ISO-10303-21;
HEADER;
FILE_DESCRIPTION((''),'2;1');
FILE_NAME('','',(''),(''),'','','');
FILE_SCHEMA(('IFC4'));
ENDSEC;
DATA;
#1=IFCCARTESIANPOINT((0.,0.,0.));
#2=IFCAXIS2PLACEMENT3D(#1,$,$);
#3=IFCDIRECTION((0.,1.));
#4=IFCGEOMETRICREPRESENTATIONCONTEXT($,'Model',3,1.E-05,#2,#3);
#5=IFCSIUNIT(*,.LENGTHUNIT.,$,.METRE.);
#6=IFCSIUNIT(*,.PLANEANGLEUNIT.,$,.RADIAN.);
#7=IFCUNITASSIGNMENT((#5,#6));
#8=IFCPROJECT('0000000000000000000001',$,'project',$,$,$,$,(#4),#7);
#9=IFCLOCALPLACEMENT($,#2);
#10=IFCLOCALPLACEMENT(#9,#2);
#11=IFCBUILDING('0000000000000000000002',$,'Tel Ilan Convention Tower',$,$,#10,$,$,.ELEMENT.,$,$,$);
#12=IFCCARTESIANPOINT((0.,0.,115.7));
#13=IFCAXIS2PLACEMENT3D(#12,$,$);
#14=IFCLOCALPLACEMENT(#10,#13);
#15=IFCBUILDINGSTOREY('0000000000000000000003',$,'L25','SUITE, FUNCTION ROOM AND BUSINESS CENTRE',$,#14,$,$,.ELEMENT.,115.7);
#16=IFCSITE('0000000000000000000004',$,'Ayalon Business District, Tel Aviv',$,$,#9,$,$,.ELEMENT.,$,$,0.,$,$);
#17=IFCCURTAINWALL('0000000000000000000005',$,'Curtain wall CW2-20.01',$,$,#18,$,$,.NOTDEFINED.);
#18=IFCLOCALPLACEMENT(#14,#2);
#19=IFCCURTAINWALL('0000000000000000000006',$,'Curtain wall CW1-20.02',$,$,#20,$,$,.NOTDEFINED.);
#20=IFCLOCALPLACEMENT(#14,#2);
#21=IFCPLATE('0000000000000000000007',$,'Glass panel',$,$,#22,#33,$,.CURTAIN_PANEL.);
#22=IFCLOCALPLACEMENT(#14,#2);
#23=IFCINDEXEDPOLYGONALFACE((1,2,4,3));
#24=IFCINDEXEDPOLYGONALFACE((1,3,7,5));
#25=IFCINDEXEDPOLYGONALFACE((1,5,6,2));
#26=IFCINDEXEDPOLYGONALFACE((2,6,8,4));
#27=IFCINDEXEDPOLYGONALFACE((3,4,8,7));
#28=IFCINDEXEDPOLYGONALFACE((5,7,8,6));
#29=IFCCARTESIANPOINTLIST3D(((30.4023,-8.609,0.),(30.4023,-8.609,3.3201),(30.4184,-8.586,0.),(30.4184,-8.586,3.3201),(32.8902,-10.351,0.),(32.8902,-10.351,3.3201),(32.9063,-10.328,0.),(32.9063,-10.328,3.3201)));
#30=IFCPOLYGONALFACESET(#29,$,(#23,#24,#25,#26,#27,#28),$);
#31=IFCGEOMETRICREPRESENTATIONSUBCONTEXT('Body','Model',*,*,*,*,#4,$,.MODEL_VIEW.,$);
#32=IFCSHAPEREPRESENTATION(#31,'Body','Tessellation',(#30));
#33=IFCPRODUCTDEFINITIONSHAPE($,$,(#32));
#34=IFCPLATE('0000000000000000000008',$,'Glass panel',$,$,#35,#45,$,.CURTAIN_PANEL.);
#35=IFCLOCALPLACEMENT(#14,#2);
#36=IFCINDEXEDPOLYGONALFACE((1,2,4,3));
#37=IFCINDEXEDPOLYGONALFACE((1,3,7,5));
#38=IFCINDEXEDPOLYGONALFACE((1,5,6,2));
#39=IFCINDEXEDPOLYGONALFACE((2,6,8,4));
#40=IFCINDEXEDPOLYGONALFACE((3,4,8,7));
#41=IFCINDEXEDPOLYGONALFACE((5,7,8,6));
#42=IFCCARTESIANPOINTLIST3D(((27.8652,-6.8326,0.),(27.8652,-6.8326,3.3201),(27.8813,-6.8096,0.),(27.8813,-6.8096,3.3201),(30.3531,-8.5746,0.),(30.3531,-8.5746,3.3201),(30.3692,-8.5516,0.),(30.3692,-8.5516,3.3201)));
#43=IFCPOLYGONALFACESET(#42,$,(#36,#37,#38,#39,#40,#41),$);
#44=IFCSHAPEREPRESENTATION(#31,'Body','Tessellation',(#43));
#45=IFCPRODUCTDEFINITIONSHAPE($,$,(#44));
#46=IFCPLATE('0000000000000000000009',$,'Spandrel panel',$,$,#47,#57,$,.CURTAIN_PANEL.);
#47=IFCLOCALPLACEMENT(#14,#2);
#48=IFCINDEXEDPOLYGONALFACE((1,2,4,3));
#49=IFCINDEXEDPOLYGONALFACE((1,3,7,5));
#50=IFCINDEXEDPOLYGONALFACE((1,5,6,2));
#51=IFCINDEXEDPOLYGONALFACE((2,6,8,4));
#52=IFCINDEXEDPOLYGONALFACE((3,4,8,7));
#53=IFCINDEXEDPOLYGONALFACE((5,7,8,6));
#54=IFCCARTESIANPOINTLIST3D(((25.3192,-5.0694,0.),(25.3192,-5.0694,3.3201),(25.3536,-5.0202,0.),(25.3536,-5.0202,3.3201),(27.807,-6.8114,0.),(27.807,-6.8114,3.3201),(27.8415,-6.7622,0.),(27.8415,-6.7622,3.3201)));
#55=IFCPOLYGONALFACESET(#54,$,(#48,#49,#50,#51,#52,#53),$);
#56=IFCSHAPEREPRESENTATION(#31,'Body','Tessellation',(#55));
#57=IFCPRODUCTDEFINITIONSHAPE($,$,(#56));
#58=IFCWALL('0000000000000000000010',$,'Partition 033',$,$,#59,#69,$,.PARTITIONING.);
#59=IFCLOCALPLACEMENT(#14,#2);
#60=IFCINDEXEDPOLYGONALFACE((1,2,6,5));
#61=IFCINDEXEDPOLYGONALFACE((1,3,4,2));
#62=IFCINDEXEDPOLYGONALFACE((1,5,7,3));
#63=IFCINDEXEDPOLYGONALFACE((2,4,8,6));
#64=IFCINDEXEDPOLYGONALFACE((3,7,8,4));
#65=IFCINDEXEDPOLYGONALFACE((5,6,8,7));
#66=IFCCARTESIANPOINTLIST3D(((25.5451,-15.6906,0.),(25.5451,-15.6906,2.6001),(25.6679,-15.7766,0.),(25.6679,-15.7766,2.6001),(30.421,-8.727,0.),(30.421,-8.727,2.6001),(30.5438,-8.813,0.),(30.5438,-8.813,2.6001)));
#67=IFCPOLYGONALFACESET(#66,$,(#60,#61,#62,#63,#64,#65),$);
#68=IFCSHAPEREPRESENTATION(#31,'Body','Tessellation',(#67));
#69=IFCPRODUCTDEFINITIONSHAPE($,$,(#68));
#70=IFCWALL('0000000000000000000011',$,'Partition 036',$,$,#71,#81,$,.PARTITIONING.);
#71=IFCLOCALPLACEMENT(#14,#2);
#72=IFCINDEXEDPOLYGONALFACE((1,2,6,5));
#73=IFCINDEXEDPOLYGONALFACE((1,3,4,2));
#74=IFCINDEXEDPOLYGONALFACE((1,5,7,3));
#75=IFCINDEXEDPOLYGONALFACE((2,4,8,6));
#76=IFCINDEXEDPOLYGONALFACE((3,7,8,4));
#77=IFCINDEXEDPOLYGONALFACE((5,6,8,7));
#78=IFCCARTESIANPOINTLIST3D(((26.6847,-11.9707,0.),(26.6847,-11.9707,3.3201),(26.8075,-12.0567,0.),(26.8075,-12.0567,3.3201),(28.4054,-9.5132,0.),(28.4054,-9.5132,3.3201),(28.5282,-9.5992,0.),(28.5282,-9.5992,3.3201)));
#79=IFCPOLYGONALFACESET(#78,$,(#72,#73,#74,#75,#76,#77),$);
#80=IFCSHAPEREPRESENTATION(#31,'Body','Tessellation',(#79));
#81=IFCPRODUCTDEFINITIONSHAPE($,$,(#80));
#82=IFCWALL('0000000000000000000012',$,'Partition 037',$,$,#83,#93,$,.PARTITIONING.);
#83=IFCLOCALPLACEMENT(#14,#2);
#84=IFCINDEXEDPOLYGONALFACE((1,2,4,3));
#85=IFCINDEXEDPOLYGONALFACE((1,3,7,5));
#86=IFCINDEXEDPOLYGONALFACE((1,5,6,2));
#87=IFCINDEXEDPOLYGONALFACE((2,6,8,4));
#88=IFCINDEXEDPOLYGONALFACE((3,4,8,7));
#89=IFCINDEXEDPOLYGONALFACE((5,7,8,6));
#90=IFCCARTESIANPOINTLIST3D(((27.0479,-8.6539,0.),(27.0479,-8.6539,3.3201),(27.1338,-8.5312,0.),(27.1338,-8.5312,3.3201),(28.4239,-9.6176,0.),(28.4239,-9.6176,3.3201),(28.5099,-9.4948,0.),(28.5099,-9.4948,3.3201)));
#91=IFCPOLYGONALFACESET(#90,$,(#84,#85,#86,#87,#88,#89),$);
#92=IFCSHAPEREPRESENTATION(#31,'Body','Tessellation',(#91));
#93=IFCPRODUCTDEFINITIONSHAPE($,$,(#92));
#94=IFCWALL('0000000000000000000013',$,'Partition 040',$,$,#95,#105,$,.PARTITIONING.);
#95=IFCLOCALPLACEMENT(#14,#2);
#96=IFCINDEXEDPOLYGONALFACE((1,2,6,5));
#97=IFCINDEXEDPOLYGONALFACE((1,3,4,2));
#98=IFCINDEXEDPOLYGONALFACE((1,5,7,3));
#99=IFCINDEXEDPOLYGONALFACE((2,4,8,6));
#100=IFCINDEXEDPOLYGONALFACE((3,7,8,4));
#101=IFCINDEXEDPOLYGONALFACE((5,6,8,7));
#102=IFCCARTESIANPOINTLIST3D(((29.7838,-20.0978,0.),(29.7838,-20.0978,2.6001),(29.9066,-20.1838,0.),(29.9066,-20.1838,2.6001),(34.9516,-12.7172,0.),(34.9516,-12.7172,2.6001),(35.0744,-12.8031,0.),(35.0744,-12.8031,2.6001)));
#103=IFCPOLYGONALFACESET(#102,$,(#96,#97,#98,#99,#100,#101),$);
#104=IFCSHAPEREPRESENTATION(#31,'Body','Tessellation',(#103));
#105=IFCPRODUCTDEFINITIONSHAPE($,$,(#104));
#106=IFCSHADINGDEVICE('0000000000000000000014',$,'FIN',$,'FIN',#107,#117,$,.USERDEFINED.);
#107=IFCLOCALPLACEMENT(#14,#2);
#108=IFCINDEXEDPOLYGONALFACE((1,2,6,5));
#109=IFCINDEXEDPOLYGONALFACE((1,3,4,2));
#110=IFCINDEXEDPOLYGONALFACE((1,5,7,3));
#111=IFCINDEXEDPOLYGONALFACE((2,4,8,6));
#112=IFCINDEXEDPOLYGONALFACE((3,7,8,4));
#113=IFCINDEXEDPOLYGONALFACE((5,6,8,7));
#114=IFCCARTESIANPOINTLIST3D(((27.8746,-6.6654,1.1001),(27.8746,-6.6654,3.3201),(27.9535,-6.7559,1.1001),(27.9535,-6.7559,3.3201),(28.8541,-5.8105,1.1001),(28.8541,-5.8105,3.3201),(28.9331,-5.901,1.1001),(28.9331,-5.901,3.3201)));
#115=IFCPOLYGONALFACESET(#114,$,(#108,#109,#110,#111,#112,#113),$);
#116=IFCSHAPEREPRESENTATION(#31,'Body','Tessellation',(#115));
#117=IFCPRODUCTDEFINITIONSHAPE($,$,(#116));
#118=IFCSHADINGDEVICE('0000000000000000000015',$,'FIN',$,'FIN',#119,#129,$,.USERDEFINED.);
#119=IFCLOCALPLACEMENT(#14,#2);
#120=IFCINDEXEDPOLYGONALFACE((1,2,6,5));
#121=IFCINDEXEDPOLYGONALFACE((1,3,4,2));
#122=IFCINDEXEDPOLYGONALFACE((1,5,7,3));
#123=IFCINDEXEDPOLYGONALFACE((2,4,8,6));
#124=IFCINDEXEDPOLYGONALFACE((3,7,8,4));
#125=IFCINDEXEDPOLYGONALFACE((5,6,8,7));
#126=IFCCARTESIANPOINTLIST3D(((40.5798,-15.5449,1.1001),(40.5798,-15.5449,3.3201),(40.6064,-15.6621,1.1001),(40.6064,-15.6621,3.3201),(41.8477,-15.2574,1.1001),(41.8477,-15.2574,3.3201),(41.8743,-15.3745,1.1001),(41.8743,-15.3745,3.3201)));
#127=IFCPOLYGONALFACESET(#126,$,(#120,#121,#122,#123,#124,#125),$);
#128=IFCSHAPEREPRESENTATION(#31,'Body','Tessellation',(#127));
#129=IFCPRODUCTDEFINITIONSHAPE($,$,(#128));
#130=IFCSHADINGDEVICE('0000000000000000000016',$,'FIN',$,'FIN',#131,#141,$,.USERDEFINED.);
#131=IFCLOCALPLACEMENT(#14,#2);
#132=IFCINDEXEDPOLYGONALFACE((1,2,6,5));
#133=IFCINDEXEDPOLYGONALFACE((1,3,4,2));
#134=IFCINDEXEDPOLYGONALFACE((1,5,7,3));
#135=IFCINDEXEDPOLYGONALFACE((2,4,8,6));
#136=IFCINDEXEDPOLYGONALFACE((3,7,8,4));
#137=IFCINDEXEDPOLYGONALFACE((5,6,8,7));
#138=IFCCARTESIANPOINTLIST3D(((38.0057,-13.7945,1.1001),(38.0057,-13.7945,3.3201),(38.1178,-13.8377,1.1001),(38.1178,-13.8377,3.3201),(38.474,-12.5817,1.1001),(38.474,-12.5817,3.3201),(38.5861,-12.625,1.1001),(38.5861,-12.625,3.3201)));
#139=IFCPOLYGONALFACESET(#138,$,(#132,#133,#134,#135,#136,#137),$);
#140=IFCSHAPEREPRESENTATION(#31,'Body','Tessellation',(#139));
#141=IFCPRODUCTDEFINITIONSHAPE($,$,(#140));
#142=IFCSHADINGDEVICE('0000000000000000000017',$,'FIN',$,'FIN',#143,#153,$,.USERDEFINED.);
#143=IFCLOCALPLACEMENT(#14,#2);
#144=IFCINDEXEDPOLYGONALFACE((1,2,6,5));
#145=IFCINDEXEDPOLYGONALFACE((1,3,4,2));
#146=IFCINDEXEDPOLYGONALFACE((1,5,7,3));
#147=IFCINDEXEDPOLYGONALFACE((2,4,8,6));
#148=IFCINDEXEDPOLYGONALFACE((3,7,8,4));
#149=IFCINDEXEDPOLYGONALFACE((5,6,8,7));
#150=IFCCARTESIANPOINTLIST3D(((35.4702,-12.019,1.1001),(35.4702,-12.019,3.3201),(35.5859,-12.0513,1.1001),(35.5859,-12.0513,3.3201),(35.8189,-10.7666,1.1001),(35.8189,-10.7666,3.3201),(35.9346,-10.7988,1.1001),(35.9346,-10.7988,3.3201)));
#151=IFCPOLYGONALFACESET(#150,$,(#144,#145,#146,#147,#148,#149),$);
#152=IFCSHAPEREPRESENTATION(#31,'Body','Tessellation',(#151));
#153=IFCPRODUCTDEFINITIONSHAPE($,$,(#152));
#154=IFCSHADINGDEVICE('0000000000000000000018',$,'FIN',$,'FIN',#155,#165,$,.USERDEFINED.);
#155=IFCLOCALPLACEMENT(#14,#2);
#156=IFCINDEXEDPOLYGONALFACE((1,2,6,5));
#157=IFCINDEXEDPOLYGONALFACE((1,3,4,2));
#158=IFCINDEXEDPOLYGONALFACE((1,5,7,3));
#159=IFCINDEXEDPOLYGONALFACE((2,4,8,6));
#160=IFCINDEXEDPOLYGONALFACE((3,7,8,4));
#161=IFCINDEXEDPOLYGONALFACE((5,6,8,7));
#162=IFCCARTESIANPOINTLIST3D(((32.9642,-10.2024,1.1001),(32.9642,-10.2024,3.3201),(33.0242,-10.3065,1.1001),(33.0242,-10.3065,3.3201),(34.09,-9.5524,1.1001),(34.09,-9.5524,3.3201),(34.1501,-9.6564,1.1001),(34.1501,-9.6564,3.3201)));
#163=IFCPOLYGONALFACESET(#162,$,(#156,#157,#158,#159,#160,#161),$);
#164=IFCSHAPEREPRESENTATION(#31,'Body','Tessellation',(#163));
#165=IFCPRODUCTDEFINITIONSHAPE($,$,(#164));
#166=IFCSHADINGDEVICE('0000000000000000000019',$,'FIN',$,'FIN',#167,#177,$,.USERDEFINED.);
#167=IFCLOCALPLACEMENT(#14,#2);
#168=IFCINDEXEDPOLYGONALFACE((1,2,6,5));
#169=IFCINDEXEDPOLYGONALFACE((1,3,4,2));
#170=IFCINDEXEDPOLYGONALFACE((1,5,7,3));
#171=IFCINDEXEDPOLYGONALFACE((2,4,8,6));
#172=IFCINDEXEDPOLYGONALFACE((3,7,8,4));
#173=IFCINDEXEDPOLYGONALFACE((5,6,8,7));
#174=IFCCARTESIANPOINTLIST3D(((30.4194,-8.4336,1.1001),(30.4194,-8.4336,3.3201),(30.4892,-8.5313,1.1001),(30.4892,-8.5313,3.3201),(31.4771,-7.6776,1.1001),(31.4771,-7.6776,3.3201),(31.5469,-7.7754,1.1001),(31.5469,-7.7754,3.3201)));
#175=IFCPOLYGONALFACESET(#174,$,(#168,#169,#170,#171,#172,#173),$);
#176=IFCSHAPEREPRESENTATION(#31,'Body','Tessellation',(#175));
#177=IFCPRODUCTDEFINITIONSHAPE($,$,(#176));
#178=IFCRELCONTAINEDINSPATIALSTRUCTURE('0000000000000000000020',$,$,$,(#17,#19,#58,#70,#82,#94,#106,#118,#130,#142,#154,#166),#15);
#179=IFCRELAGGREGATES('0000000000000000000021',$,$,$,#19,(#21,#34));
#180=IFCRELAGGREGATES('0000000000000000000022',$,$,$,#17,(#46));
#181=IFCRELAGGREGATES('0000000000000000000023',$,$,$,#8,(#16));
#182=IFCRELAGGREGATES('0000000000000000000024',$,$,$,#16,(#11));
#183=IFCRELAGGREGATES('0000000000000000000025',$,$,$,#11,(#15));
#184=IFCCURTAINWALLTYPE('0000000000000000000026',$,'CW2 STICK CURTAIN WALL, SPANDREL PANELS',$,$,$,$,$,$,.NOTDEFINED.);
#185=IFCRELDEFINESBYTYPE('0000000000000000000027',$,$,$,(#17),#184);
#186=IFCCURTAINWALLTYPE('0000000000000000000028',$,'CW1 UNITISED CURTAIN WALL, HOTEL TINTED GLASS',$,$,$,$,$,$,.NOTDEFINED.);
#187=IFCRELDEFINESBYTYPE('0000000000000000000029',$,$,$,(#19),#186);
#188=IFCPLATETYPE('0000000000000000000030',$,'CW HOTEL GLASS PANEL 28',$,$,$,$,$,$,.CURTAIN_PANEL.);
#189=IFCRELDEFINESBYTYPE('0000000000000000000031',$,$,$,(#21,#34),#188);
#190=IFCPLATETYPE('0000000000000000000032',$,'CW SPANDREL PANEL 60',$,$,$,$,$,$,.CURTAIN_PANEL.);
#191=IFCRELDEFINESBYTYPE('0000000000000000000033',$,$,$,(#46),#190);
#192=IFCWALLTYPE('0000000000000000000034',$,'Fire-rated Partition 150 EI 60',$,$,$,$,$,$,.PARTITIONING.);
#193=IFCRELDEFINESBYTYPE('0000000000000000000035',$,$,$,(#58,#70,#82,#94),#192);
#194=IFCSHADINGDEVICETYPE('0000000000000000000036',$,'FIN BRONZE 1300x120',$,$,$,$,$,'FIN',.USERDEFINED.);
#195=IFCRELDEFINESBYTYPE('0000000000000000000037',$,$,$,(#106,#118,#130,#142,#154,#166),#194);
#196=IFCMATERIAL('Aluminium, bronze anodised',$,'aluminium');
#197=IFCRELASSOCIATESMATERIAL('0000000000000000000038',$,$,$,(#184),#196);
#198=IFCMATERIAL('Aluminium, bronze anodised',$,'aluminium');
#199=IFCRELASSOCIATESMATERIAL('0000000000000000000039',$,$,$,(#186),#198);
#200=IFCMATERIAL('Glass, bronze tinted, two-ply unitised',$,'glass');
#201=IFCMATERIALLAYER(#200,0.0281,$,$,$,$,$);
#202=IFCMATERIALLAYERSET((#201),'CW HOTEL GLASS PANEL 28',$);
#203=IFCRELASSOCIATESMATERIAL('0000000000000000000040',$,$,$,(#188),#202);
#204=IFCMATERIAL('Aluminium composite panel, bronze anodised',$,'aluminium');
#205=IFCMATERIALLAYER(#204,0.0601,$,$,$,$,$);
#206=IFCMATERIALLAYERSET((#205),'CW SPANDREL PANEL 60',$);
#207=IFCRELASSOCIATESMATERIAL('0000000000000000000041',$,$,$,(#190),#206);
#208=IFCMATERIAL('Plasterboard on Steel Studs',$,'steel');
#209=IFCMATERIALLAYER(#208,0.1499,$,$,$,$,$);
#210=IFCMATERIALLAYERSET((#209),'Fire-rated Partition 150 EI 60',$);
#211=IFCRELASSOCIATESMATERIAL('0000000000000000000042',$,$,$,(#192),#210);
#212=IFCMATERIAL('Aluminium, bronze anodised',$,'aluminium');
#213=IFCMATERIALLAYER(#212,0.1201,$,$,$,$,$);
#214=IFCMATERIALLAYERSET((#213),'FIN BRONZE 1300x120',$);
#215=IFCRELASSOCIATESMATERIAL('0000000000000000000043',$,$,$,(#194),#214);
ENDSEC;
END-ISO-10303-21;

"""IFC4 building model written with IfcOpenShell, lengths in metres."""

from ifc_helpers import new_model, si_unit, direction, frame, frame_2d, origin, origin_2d, place, context, subcontext, project, spatial, rectangle, extrude, material, layer, layer_set, type_object, element, aggregate, save


model = new_model("IFC4")

# Units and contexts
model_context = context("Model", 3, precision=1e-05, world=origin(), true_north=direction((0.0, 1.0)))
body_context = subcontext(model_context, "Body", "Model", "MODEL_VIEW")
ifc_project = project(units=[si_unit("LENGTHUNIT", "METRE"), si_unit("PLANEANGLEUNIT", "RADIAN")], contexts=[model_context])

# Site, building, storey
site_placement = place(None, origin())
site = spatial("IfcSite", under=ifc_project, at=site_placement, Name="Ayalon Business District, Tel Aviv", CompositionType="ELEMENT", RefElevation=0.0)
building_placement = place(site_placement, origin())
building = spatial("IfcBuilding", under=site, at=building_placement, Name="Tel Ilan Convention Tower", CompositionType="ELEMENT")
storey_placement = place(building_placement, frame((0.0, 0.0, 115.7)))
storey = spatial("IfcBuildingStorey", under=building, at=storey_placement, Name="L25", Description="SUITE, FUNCTION ROOM AND BUSINESS CENTRE", CompositionType="ELEMENT", Elevation=115.7)

# Curtain walls
ifc_material_1 = material(Name="Aluminium, bronze anodised", Category="aluminium")
curtain_wall_type_1 = type_object("IfcCurtainWallType", Name="CW2 STICK CURTAIN WALL, SPANDREL PANELS", PredefinedType="NOTDEFINED", material=ifc_material_1)
curtain_wall_1_placement = place(storey_placement, origin())
curtain_wall_1 = element("IfcCurtainWall", 1, at=curtain_wall_1_placement, inside=storey, type_object=curtain_wall_type_1, Name="Curtain wall CW2-20.01", PredefinedType="NOTDEFINED")
ifc_material_2 = material(Name="Aluminium, bronze anodised", Category="aluminium")
curtain_wall_type_2 = type_object("IfcCurtainWallType", Name="CW1 UNITISED CURTAIN WALL, HOTEL TINTED GLASS", PredefinedType="NOTDEFINED", material=ifc_material_2)
curtain_wall_2_placement = place(storey_placement, origin())
curtain_wall_2 = element("IfcCurtainWall", 2, at=curtain_wall_2_placement, inside=storey, type_object=curtain_wall_type_2, Name="Curtain wall CW1-20.02", PredefinedType="NOTDEFINED")

# Plates
ifc_material_3 = material(Name="Glass, bronze tinted, two-ply unitised", Category="glass")
ifc_layer_1 = layer(ifc_material_3, 0.0281)
ifc_layer_set_1 = layer_set([ifc_layer_1], Name="CW HOTEL GLASS PANEL 28")
plate_type_1 = type_object("IfcPlateType", Name="CW HOTEL GLASS PANEL 28", PredefinedType="CURTAIN_PANEL", material=ifc_layer_set_1)
plate_1_placement = place(storey_placement, frame((31.6543, -9.4685, 0.0), z_axis=(0.0, 0.0, 1.0), x_axis=(-0.819152, 0.573576, 0.0)))
plate_1 = element("IfcPlate", 3, at=plate_1_placement, type_object=plate_type_1, Name="Glass panel", PredefinedType="CURTAIN_PANEL", context=body_context, shape_type="SweptSolid", body=[
    extrude(rectangle(XDim=3.0371, YDim=0.0281, at=origin_2d()), origin(), (0.0, 0.0, 1.0), 3.3201),
])
plate_2_placement = place(storey_placement, frame((29.1172, -7.6921, 0.0), z_axis=(0.0, 0.0, 1.0), x_axis=(-0.819152, 0.573576, 0.0)))
plate_2 = element("IfcPlate", 4, at=plate_2_placement, type_object=plate_type_1, Name="Glass panel", PredefinedType="CURTAIN_PANEL", context=body_context, shape_type="SweptSolid", body=[
    extrude(rectangle(XDim=3.0371, YDim=0.0281, at=origin_2d()), origin(), (0.0, 0.0, 1.0), 3.3201),
])
aggregate(curtain_wall_2, [plate_1, plate_2])
ifc_material_4 = material(Name="Aluminium composite panel, bronze anodised", Category="aluminium")
ifc_layer_2 = layer(ifc_material_4, 0.0601)
ifc_layer_set_2 = layer_set([ifc_layer_2], Name="CW SPANDREL PANEL 60")
plate_type_2 = type_object("IfcPlateType", Name="CW SPANDREL PANEL 60", PredefinedType="CURTAIN_PANEL", material=ifc_layer_set_2)
plate_3_placement = place(storey_placement, frame((26.5803, -5.9158, 0.0), z_axis=(0.0, 0.0, 1.0), x_axis=(-0.819152, 0.573576, 0.0)))
plate_3 = element("IfcPlate", 5, at=plate_3_placement, type_object=plate_type_2, Name="Spandrel panel", PredefinedType="CURTAIN_PANEL", context=body_context, shape_type="SweptSolid", body=[
    extrude(rectangle(XDim=3.0371, YDim=0.0601, at=origin_2d()), origin(), (0.0, 0.0, 1.0), 3.3201),
])
aggregate(curtain_wall_1, [plate_3])

# Walls
ifc_material_5 = material(Name="Plasterboard on Steel Studs", Category="steel")
ifc_layer_3 = layer(ifc_material_5, 0.1499)
ifc_layer_set_3 = layer_set([ifc_layer_3], Name="Fire-rated Partition 150 EI 60")
wall_type = type_object("IfcWallType", Name="Fire-rated Partition 150 EI 60", PredefinedType="PARTITIONING", material=ifc_layer_set_3)
wall_1_placement = place(storey_placement, frame((30.4824, -8.77, 0.0), z_axis=(0.0, 0.0, 1.0), x_axis=(-0.573576, -0.819152, 0.0)))
element("IfcWall", 6, at=wall_1_placement, inside=storey, type_object=wall_type, Name="Partition 033", PredefinedType="PARTITIONING", context=body_context, shape_type="SweptSolid", body=[
    extrude(rectangle(XDim=8.501, YDim=0.1499, at=frame_2d((4.2505, 0.0))), origin(), (0.0, 0.0, 1.0), 2.6001),
])
wall_2_placement = place(storey_placement, frame((26.7461, -12.0137, 0.0), z_axis=(0.0, 0.0, 1.0), x_axis=(0.573561, 0.819163, 0.0)))
element("IfcWall", 7, at=wall_2_placement, inside=storey, type_object=wall_type, Name="Partition 036", PredefinedType="PARTITIONING", context=body_context, shape_type="SweptSolid", body=[
    extrude(rectangle(XDim=3.0, YDim=0.1499, at=frame_2d((1.5, 0.0))), origin(), (0.0, 0.0, 1.0), 3.3201),
])
wall_3_placement = place(storey_placement, frame((28.4668, -9.5562, 0.0), z_axis=(0.0, 0.0, 1.0), x_axis=(-0.819109, 0.573638, 0.0)))
element("IfcWall", 8, at=wall_3_placement, inside=storey, type_object=wall_type, Name="Partition 037", PredefinedType="PARTITIONING", context=body_context, shape_type="SweptSolid", body=[
    extrude(rectangle(XDim=1.6799, YDim=0.1499, at=frame_2d((0.8398, 0.0))), origin(), (0.0, 0.0, 1.0), 3.3201),
])
wall_4_placement = place(storey_placement, frame((35.0129, -12.7603, 0.0), z_axis=(0.0, 0.0, 1.0), x_axis=(-0.573559, -0.819164, 0.0)))
element("IfcWall", 9, at=wall_4_placement, inside=storey, type_object=wall_type, Name="Partition 040", PredefinedType="PARTITIONING", context=body_context, shape_type="SweptSolid", body=[
    extrude(rectangle(XDim=9.01, YDim=0.1499, at=frame_2d((4.5049, 0.0))), origin(), (0.0, 0.0, 1.0), 2.6001),
])

# Shading devices
ifc_material_6 = material(Name="Aluminium, bronze anodised", Category="aluminium")
ifc_layer_4 = layer(ifc_material_6, 0.1201)
ifc_layer_set_4 = layer_set([ifc_layer_4], Name="FIN BRONZE 1300x120")
shading_device_type = type_object("IfcShadingDeviceType", Name="FIN BRONZE 1300x120", ElementType="FIN", PredefinedType="USERDEFINED", material=ifc_layer_set_4)
for number, where, z_axis, x_axis, name in (
    (10, (28.4038, -6.2832, 1.1001), (0.0, 0.0, 1.0), (0.753436, 0.657521, 0.0), "FIN"),
    (11, (41.2271, -15.4597, 1.1001), (0.0, 0.0, 1.0), (0.975235, 0.22117, 0.0), "FIN"),
    (12, (38.2959, -13.2097, 1.1001), (0.0, 0.0, 1.0), (0.360178, 0.932884, 0.0), "FIN"),
    (13, (35.7024, -11.4089, 1.1001), (0.0, 0.0, 1.0), (0.268173, 0.963371, 0.0), "FIN"),
    (14, (33.5571, -9.9294, 1.1001), (0.0, 0.0, 1.0), (0.866025, 0.5, 0.0), "FIN"),
    (15, (30.9832, -8.1045, 1.1001), (0.0, 0.0, 1.0), (0.813552, 0.581492, 0.0), "FIN"),
):
    element("IfcShadingDevice", number, at=place(storey_placement, frame(where, z_axis=z_axis, x_axis=x_axis)), inside=storey, type_object=shading_device_type, Name=name, ObjectType="FIN", PredefinedType="USERDEFINED", context=body_context, shape_type="SweptSolid", body=[
        extrude(rectangle(XDim=1.3, YDim=0.1201, at=origin_2d()), origin(), (0.0, 0.0, 1.0), 2.22),
    ])

save(model, "model.ifc")
